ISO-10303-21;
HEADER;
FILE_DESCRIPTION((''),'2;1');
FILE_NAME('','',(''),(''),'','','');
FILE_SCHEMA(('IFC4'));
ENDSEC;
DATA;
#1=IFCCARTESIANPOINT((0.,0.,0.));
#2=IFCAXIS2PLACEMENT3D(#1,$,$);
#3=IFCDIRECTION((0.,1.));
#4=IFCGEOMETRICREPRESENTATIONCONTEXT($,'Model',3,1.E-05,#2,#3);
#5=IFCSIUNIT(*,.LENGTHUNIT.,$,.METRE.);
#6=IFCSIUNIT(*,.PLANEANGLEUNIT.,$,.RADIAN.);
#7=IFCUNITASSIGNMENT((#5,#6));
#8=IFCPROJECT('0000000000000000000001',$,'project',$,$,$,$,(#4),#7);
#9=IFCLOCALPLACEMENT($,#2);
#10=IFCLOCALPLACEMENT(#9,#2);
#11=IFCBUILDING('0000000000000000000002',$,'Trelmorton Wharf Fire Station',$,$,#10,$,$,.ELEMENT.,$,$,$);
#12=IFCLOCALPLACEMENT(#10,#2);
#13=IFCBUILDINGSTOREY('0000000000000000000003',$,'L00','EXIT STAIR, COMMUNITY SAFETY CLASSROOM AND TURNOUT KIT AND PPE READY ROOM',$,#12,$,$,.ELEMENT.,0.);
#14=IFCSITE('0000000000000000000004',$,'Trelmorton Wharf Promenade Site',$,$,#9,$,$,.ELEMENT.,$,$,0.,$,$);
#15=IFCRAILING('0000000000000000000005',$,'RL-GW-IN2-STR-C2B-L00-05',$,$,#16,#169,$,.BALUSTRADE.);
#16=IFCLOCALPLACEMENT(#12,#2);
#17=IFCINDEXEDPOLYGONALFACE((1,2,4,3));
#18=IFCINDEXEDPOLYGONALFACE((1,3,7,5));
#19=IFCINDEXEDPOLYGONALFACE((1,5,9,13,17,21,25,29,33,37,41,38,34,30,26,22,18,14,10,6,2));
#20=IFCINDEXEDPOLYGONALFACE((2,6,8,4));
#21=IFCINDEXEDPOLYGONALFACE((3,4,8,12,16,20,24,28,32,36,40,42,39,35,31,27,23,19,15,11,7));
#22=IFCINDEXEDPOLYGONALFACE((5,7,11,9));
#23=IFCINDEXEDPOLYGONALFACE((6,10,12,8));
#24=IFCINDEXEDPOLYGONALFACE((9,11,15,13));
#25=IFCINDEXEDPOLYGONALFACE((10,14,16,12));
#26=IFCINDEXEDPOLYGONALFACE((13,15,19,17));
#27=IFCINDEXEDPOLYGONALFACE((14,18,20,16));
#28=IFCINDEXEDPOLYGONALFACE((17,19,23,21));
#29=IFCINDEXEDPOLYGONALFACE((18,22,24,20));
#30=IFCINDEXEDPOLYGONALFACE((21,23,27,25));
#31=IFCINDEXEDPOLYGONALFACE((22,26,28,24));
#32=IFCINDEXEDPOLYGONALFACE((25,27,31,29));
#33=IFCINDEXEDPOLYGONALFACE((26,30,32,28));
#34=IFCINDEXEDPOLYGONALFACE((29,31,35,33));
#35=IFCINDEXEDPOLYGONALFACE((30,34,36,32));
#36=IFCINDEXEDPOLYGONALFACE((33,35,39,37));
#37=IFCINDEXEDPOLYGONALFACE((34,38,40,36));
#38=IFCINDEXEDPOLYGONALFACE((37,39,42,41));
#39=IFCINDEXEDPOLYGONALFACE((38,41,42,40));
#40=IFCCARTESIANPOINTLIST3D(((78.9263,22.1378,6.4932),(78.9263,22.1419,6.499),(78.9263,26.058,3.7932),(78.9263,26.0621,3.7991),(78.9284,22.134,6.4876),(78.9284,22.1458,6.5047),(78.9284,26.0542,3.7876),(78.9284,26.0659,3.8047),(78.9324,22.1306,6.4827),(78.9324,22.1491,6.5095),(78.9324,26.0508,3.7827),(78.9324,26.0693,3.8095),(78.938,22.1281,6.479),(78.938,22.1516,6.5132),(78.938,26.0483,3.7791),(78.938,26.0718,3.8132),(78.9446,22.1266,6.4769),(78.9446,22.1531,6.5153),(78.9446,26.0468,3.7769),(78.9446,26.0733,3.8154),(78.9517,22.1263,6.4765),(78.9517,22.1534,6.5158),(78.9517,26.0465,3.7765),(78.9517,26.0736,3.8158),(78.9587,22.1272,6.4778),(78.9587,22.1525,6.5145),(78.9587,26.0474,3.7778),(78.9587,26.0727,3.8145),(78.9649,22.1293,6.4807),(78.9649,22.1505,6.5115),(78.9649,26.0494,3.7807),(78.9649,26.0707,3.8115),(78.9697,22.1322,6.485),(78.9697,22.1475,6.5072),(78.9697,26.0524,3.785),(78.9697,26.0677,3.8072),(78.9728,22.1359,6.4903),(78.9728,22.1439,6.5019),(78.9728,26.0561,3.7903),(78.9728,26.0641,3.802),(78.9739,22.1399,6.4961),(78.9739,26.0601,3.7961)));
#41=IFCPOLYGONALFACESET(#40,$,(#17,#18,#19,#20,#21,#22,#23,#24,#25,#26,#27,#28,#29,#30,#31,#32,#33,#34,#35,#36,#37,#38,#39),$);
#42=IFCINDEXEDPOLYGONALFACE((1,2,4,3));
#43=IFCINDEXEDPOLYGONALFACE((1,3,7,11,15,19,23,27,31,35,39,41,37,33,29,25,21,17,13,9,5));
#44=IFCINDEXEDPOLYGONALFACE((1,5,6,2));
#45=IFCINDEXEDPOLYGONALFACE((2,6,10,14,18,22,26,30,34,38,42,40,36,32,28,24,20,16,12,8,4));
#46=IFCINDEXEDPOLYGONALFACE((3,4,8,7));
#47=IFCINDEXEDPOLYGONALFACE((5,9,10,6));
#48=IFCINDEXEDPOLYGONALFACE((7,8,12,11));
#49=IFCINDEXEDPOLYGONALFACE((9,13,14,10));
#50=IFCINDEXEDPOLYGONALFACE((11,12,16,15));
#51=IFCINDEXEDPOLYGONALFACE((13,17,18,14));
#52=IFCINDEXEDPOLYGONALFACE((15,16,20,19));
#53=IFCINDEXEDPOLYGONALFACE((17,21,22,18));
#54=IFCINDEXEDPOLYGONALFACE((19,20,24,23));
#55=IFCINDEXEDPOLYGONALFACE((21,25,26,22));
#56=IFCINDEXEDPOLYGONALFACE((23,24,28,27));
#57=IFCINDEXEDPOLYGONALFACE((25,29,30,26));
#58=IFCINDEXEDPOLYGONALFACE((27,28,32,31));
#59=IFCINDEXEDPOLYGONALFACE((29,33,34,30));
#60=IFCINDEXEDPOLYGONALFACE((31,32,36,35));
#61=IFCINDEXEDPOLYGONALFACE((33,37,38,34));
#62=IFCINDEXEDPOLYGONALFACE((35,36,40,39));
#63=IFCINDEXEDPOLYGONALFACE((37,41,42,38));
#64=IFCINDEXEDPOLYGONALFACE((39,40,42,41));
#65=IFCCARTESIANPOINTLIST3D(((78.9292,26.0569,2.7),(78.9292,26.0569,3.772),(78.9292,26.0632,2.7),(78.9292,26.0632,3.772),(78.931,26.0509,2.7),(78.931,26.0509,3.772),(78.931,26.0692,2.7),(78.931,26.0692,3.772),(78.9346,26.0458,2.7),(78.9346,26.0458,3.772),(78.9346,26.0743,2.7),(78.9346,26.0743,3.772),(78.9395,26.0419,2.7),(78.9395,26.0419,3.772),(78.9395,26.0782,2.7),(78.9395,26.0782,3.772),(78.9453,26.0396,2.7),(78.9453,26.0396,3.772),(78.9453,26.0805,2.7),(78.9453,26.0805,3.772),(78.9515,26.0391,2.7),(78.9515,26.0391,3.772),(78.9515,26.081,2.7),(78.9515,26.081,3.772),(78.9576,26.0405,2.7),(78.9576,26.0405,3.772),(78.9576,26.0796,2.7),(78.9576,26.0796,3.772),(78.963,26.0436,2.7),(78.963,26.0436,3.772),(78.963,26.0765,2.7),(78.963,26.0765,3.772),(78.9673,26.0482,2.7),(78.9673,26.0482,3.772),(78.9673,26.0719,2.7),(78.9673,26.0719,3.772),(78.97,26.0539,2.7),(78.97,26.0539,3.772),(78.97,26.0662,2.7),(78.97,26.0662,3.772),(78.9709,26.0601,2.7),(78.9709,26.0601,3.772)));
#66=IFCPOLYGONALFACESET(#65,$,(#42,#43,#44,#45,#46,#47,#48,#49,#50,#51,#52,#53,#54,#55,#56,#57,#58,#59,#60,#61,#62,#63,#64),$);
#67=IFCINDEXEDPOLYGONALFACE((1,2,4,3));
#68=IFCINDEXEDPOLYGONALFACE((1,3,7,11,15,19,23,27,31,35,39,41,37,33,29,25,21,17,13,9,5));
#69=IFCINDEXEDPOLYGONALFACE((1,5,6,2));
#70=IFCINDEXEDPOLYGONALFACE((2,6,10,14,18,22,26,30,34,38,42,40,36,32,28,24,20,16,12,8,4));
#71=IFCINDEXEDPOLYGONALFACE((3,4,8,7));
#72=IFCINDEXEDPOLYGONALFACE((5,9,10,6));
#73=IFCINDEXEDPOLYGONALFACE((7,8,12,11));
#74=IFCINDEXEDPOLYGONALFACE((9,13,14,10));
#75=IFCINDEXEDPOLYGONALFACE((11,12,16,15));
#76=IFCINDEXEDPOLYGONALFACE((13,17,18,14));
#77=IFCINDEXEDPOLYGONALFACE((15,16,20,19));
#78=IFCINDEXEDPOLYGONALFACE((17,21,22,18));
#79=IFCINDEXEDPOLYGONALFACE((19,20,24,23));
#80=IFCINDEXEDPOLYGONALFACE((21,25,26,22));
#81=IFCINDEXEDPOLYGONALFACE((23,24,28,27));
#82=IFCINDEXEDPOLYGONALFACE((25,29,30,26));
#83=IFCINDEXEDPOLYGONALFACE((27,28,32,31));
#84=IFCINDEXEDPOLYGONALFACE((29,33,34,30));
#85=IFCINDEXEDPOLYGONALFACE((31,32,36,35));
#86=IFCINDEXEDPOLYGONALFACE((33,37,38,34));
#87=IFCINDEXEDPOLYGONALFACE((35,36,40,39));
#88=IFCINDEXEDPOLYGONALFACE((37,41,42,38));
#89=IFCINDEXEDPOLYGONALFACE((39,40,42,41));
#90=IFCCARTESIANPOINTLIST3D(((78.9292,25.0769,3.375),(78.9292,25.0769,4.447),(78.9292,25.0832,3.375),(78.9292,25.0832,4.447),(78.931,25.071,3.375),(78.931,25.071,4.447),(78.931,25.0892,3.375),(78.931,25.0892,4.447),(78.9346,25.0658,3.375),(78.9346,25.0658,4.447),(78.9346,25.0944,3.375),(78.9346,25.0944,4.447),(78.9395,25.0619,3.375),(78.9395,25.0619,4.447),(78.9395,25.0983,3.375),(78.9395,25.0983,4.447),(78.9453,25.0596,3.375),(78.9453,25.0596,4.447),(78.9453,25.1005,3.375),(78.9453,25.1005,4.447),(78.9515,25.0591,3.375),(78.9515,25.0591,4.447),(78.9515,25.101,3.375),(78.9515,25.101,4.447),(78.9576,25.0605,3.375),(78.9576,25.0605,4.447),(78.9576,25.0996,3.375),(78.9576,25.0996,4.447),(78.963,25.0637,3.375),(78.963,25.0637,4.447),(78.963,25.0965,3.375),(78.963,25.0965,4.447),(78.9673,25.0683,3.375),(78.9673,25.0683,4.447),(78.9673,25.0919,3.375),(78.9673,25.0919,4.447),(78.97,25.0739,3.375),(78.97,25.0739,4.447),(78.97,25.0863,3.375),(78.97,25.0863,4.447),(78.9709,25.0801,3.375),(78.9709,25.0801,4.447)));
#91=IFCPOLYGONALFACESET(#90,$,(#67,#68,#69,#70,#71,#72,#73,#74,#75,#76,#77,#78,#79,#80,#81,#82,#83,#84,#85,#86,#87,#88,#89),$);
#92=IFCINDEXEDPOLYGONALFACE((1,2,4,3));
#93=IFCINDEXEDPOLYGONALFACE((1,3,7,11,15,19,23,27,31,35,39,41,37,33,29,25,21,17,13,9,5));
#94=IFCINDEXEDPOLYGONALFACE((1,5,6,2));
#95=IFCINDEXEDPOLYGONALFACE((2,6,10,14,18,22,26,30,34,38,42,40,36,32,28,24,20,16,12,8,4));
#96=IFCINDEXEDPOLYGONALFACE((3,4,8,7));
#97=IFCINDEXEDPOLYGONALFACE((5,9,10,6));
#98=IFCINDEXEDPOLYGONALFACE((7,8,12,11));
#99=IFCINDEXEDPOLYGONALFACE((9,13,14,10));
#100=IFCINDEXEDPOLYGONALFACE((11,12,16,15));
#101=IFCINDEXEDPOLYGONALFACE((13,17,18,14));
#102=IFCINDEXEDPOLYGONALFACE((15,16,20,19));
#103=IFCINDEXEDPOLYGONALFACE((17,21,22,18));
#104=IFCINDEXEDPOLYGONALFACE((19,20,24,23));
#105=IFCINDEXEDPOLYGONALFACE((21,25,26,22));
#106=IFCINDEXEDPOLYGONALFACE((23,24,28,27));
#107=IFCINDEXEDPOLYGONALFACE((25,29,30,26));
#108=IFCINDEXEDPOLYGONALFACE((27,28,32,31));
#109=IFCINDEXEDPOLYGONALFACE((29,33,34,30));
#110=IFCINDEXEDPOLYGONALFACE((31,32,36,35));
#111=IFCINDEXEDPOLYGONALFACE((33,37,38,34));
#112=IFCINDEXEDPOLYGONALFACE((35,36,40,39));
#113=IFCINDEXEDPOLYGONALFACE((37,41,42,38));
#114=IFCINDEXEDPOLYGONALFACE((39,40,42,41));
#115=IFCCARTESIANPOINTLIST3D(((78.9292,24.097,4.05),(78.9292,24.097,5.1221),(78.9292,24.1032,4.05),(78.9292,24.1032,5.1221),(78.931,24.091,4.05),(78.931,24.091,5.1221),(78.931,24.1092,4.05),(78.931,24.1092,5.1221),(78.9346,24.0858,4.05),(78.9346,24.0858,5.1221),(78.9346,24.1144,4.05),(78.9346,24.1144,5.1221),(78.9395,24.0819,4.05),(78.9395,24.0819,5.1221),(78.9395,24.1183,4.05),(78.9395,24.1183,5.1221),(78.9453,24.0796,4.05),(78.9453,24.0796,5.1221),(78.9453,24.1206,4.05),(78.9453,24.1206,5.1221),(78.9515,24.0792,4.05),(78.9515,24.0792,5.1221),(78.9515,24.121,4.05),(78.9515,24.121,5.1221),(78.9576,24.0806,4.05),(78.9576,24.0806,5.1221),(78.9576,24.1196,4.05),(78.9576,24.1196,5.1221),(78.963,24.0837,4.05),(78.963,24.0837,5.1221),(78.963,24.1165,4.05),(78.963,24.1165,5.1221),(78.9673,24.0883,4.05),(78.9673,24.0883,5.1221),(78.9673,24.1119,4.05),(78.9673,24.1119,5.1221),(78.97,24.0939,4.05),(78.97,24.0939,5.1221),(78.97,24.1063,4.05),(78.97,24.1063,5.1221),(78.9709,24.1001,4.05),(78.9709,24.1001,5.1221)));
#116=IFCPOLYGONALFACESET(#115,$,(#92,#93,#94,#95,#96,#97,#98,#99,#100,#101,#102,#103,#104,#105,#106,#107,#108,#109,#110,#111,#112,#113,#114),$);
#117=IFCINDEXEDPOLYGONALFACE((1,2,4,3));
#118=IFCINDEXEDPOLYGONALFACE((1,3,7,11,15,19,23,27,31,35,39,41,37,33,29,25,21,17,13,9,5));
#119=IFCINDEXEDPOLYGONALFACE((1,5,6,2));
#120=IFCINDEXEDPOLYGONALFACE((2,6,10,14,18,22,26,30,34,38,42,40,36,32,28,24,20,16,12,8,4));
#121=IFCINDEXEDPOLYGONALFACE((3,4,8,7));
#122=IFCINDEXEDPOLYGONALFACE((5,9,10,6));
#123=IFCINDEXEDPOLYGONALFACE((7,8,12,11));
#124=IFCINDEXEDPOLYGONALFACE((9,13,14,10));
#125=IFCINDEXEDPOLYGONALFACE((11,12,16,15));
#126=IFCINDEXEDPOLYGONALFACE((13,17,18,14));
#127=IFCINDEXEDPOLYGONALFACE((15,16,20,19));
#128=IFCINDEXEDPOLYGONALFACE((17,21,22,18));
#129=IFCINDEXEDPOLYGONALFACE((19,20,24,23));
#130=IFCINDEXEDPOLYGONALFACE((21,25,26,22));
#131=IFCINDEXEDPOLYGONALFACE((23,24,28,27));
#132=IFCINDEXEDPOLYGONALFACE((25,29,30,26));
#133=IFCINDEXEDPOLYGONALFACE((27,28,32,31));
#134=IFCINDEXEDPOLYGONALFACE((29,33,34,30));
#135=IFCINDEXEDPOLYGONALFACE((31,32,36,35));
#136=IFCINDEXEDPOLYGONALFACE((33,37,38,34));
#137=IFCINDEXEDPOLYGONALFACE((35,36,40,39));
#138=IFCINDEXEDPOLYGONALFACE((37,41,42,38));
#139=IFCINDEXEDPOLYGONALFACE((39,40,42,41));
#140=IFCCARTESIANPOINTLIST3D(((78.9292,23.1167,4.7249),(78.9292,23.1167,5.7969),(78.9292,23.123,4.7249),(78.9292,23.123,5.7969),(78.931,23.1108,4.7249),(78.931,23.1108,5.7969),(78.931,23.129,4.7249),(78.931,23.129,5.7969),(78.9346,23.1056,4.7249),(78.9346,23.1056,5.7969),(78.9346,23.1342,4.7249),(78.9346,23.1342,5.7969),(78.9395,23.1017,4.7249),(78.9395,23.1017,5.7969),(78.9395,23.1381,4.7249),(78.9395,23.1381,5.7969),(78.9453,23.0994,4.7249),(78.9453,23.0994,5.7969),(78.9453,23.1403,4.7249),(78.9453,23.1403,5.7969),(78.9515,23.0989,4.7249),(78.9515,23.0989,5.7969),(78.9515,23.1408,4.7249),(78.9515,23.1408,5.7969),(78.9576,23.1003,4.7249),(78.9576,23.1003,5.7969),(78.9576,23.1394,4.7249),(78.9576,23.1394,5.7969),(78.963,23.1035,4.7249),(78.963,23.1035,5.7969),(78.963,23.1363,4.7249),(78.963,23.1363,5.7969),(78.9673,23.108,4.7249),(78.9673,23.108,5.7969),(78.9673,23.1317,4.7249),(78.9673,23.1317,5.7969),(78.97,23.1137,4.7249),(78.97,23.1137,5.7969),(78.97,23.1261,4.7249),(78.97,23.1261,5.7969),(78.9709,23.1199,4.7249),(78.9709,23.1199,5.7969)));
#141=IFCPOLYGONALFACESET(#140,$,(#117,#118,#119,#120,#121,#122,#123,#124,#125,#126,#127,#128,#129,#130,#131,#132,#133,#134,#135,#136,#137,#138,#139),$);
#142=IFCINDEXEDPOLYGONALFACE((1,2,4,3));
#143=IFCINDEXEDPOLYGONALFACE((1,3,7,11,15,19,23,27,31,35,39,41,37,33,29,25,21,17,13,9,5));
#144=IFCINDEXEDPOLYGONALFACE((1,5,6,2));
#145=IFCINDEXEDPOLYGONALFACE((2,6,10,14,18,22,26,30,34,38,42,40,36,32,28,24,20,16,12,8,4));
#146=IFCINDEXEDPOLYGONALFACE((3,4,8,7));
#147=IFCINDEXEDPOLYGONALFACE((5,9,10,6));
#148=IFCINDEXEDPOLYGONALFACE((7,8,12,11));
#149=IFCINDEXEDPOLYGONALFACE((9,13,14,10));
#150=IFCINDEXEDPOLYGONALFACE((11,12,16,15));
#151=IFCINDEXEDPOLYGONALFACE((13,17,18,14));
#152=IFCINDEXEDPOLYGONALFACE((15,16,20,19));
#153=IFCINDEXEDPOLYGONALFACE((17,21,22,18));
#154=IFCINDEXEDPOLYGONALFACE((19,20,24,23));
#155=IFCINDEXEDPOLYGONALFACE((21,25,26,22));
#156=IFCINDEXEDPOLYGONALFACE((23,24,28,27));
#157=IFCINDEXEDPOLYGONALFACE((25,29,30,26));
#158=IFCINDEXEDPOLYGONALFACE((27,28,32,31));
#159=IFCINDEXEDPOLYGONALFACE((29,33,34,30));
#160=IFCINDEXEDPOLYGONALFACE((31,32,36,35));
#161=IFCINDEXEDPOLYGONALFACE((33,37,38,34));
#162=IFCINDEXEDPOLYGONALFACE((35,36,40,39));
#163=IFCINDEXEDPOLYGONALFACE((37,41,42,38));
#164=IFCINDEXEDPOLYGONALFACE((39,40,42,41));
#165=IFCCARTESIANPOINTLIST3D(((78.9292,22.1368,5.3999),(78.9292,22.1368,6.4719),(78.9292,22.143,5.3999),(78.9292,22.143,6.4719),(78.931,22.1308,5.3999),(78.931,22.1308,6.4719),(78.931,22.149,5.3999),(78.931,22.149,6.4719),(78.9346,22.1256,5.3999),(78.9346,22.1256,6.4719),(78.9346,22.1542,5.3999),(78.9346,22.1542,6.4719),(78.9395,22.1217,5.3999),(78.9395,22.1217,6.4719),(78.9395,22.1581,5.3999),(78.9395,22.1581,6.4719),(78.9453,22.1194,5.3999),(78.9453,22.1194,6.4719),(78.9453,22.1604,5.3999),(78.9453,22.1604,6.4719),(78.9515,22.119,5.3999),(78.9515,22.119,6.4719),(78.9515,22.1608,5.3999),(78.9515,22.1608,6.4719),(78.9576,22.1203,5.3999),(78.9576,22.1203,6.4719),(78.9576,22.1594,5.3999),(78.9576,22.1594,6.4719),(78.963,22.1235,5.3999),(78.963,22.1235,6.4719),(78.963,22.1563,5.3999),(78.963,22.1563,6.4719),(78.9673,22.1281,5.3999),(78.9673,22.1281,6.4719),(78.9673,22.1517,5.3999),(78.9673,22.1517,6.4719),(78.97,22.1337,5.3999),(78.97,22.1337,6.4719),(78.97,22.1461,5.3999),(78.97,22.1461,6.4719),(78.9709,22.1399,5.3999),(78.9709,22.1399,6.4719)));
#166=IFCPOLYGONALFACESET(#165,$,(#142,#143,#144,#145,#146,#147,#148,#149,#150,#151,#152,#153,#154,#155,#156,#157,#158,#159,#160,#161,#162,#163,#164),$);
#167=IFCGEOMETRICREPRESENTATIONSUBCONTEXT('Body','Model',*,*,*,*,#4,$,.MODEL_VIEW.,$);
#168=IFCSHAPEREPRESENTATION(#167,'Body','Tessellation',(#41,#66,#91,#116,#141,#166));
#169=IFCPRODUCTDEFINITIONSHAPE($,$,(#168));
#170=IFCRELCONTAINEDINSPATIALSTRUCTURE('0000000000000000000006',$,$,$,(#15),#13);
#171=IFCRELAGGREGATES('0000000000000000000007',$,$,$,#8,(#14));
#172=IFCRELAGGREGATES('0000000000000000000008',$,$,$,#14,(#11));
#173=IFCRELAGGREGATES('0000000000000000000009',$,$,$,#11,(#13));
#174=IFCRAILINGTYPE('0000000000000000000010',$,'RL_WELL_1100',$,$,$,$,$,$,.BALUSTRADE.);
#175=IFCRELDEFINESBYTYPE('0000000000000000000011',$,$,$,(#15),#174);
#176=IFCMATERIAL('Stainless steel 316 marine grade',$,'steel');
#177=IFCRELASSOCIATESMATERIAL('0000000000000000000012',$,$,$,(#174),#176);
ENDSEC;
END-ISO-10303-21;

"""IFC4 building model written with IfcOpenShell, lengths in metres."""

from ifc_helpers import new_model, si_unit, direction, frame, origin, origin_2d, place, context, subcontext, project, spatial, circle, extrude, material, type_object, element, save


model = new_model("IFC4")

# Units and contexts
model_context = context("Model", 3, precision=1e-05, world=origin(), true_north=direction((0.0, 1.0)))
body_context = subcontext(model_context, "Body", "Model", "MODEL_VIEW")
ifc_project = project(units=[si_unit("LENGTHUNIT", "METRE"), si_unit("PLANEANGLEUNIT", "RADIAN")], contexts=[model_context])

# Site, building, storey
site_placement = place(None, origin())
site = spatial("IfcSite", under=ifc_project, at=site_placement, Name="Trelmorton Wharf Promenade Site", CompositionType="ELEMENT", RefElevation=0.0)
building_placement = place(site_placement, origin())
building = spatial("IfcBuilding", under=site, at=building_placement, Name="Trelmorton Wharf Fire Station", CompositionType="ELEMENT")
storey_placement = place(building_placement, origin())
storey = spatial("IfcBuildingStorey", under=building, at=storey_placement, Name="L00", Description="EXIT STAIR, COMMUNITY SAFETY CLASSROOM AND TURNOUT KIT AND PPE READY ROOM", CompositionType="ELEMENT", Elevation=0.0)

# Shared definitions
ifc_material_1 = material(Name="Stainless steel 316 marine grade", Category="steel")

# Railing
railing_type_1 = type_object("IfcRailingType", Name="RL_WELL_1100", PredefinedType="BALUSTRADE", material=ifc_material_1)
railing_1_placement = place(storey_placement, frame((78.95, 26.0601, 2.7)))
element("IfcRailing", 1, at=railing_1_placement, inside=storey, type_object=railing_type_1, Name="RL-GW-IN2-STR-C2B-L00-05", PredefinedType="BALUSTRADE", context=body_context, shape_type="SweptSolid", body=[
    extrude(circle(Radius=0.0239, at=origin_2d()), frame((0.0, 0.0, 1.0962), z_axis=(0.0, -0.823567, 0.567219), x_axis=(1.0, 0.0, 0.0)), (0.0, 0.0, 1.0), 4.76),
    extrude(circle(Radius=0.021, at=origin_2d()), origin(), (0.0, 0.0, 1.0), 1.072),
    extrude(circle(Radius=0.021, at=origin_2d()), frame((0.0, -0.98, 0.675)), (0.0, 0.0, 1.0), 1.072),
    extrude(circle(Radius=0.021, at=origin_2d()), frame((0.0, -1.96, 1.3501)), (0.0, 0.0, 1.0), 1.072),
    extrude(circle(Radius=0.021, at=origin_2d()), frame((0.0, -2.9402, 2.0249)), (0.0, 0.0, 1.0), 1.072),
    extrude(circle(Radius=0.021, at=origin_2d()), frame((0.0, -3.9202, 2.7)), (0.0, 0.0, 1.0), 1.072),
])

save(model, "model.ifc")
